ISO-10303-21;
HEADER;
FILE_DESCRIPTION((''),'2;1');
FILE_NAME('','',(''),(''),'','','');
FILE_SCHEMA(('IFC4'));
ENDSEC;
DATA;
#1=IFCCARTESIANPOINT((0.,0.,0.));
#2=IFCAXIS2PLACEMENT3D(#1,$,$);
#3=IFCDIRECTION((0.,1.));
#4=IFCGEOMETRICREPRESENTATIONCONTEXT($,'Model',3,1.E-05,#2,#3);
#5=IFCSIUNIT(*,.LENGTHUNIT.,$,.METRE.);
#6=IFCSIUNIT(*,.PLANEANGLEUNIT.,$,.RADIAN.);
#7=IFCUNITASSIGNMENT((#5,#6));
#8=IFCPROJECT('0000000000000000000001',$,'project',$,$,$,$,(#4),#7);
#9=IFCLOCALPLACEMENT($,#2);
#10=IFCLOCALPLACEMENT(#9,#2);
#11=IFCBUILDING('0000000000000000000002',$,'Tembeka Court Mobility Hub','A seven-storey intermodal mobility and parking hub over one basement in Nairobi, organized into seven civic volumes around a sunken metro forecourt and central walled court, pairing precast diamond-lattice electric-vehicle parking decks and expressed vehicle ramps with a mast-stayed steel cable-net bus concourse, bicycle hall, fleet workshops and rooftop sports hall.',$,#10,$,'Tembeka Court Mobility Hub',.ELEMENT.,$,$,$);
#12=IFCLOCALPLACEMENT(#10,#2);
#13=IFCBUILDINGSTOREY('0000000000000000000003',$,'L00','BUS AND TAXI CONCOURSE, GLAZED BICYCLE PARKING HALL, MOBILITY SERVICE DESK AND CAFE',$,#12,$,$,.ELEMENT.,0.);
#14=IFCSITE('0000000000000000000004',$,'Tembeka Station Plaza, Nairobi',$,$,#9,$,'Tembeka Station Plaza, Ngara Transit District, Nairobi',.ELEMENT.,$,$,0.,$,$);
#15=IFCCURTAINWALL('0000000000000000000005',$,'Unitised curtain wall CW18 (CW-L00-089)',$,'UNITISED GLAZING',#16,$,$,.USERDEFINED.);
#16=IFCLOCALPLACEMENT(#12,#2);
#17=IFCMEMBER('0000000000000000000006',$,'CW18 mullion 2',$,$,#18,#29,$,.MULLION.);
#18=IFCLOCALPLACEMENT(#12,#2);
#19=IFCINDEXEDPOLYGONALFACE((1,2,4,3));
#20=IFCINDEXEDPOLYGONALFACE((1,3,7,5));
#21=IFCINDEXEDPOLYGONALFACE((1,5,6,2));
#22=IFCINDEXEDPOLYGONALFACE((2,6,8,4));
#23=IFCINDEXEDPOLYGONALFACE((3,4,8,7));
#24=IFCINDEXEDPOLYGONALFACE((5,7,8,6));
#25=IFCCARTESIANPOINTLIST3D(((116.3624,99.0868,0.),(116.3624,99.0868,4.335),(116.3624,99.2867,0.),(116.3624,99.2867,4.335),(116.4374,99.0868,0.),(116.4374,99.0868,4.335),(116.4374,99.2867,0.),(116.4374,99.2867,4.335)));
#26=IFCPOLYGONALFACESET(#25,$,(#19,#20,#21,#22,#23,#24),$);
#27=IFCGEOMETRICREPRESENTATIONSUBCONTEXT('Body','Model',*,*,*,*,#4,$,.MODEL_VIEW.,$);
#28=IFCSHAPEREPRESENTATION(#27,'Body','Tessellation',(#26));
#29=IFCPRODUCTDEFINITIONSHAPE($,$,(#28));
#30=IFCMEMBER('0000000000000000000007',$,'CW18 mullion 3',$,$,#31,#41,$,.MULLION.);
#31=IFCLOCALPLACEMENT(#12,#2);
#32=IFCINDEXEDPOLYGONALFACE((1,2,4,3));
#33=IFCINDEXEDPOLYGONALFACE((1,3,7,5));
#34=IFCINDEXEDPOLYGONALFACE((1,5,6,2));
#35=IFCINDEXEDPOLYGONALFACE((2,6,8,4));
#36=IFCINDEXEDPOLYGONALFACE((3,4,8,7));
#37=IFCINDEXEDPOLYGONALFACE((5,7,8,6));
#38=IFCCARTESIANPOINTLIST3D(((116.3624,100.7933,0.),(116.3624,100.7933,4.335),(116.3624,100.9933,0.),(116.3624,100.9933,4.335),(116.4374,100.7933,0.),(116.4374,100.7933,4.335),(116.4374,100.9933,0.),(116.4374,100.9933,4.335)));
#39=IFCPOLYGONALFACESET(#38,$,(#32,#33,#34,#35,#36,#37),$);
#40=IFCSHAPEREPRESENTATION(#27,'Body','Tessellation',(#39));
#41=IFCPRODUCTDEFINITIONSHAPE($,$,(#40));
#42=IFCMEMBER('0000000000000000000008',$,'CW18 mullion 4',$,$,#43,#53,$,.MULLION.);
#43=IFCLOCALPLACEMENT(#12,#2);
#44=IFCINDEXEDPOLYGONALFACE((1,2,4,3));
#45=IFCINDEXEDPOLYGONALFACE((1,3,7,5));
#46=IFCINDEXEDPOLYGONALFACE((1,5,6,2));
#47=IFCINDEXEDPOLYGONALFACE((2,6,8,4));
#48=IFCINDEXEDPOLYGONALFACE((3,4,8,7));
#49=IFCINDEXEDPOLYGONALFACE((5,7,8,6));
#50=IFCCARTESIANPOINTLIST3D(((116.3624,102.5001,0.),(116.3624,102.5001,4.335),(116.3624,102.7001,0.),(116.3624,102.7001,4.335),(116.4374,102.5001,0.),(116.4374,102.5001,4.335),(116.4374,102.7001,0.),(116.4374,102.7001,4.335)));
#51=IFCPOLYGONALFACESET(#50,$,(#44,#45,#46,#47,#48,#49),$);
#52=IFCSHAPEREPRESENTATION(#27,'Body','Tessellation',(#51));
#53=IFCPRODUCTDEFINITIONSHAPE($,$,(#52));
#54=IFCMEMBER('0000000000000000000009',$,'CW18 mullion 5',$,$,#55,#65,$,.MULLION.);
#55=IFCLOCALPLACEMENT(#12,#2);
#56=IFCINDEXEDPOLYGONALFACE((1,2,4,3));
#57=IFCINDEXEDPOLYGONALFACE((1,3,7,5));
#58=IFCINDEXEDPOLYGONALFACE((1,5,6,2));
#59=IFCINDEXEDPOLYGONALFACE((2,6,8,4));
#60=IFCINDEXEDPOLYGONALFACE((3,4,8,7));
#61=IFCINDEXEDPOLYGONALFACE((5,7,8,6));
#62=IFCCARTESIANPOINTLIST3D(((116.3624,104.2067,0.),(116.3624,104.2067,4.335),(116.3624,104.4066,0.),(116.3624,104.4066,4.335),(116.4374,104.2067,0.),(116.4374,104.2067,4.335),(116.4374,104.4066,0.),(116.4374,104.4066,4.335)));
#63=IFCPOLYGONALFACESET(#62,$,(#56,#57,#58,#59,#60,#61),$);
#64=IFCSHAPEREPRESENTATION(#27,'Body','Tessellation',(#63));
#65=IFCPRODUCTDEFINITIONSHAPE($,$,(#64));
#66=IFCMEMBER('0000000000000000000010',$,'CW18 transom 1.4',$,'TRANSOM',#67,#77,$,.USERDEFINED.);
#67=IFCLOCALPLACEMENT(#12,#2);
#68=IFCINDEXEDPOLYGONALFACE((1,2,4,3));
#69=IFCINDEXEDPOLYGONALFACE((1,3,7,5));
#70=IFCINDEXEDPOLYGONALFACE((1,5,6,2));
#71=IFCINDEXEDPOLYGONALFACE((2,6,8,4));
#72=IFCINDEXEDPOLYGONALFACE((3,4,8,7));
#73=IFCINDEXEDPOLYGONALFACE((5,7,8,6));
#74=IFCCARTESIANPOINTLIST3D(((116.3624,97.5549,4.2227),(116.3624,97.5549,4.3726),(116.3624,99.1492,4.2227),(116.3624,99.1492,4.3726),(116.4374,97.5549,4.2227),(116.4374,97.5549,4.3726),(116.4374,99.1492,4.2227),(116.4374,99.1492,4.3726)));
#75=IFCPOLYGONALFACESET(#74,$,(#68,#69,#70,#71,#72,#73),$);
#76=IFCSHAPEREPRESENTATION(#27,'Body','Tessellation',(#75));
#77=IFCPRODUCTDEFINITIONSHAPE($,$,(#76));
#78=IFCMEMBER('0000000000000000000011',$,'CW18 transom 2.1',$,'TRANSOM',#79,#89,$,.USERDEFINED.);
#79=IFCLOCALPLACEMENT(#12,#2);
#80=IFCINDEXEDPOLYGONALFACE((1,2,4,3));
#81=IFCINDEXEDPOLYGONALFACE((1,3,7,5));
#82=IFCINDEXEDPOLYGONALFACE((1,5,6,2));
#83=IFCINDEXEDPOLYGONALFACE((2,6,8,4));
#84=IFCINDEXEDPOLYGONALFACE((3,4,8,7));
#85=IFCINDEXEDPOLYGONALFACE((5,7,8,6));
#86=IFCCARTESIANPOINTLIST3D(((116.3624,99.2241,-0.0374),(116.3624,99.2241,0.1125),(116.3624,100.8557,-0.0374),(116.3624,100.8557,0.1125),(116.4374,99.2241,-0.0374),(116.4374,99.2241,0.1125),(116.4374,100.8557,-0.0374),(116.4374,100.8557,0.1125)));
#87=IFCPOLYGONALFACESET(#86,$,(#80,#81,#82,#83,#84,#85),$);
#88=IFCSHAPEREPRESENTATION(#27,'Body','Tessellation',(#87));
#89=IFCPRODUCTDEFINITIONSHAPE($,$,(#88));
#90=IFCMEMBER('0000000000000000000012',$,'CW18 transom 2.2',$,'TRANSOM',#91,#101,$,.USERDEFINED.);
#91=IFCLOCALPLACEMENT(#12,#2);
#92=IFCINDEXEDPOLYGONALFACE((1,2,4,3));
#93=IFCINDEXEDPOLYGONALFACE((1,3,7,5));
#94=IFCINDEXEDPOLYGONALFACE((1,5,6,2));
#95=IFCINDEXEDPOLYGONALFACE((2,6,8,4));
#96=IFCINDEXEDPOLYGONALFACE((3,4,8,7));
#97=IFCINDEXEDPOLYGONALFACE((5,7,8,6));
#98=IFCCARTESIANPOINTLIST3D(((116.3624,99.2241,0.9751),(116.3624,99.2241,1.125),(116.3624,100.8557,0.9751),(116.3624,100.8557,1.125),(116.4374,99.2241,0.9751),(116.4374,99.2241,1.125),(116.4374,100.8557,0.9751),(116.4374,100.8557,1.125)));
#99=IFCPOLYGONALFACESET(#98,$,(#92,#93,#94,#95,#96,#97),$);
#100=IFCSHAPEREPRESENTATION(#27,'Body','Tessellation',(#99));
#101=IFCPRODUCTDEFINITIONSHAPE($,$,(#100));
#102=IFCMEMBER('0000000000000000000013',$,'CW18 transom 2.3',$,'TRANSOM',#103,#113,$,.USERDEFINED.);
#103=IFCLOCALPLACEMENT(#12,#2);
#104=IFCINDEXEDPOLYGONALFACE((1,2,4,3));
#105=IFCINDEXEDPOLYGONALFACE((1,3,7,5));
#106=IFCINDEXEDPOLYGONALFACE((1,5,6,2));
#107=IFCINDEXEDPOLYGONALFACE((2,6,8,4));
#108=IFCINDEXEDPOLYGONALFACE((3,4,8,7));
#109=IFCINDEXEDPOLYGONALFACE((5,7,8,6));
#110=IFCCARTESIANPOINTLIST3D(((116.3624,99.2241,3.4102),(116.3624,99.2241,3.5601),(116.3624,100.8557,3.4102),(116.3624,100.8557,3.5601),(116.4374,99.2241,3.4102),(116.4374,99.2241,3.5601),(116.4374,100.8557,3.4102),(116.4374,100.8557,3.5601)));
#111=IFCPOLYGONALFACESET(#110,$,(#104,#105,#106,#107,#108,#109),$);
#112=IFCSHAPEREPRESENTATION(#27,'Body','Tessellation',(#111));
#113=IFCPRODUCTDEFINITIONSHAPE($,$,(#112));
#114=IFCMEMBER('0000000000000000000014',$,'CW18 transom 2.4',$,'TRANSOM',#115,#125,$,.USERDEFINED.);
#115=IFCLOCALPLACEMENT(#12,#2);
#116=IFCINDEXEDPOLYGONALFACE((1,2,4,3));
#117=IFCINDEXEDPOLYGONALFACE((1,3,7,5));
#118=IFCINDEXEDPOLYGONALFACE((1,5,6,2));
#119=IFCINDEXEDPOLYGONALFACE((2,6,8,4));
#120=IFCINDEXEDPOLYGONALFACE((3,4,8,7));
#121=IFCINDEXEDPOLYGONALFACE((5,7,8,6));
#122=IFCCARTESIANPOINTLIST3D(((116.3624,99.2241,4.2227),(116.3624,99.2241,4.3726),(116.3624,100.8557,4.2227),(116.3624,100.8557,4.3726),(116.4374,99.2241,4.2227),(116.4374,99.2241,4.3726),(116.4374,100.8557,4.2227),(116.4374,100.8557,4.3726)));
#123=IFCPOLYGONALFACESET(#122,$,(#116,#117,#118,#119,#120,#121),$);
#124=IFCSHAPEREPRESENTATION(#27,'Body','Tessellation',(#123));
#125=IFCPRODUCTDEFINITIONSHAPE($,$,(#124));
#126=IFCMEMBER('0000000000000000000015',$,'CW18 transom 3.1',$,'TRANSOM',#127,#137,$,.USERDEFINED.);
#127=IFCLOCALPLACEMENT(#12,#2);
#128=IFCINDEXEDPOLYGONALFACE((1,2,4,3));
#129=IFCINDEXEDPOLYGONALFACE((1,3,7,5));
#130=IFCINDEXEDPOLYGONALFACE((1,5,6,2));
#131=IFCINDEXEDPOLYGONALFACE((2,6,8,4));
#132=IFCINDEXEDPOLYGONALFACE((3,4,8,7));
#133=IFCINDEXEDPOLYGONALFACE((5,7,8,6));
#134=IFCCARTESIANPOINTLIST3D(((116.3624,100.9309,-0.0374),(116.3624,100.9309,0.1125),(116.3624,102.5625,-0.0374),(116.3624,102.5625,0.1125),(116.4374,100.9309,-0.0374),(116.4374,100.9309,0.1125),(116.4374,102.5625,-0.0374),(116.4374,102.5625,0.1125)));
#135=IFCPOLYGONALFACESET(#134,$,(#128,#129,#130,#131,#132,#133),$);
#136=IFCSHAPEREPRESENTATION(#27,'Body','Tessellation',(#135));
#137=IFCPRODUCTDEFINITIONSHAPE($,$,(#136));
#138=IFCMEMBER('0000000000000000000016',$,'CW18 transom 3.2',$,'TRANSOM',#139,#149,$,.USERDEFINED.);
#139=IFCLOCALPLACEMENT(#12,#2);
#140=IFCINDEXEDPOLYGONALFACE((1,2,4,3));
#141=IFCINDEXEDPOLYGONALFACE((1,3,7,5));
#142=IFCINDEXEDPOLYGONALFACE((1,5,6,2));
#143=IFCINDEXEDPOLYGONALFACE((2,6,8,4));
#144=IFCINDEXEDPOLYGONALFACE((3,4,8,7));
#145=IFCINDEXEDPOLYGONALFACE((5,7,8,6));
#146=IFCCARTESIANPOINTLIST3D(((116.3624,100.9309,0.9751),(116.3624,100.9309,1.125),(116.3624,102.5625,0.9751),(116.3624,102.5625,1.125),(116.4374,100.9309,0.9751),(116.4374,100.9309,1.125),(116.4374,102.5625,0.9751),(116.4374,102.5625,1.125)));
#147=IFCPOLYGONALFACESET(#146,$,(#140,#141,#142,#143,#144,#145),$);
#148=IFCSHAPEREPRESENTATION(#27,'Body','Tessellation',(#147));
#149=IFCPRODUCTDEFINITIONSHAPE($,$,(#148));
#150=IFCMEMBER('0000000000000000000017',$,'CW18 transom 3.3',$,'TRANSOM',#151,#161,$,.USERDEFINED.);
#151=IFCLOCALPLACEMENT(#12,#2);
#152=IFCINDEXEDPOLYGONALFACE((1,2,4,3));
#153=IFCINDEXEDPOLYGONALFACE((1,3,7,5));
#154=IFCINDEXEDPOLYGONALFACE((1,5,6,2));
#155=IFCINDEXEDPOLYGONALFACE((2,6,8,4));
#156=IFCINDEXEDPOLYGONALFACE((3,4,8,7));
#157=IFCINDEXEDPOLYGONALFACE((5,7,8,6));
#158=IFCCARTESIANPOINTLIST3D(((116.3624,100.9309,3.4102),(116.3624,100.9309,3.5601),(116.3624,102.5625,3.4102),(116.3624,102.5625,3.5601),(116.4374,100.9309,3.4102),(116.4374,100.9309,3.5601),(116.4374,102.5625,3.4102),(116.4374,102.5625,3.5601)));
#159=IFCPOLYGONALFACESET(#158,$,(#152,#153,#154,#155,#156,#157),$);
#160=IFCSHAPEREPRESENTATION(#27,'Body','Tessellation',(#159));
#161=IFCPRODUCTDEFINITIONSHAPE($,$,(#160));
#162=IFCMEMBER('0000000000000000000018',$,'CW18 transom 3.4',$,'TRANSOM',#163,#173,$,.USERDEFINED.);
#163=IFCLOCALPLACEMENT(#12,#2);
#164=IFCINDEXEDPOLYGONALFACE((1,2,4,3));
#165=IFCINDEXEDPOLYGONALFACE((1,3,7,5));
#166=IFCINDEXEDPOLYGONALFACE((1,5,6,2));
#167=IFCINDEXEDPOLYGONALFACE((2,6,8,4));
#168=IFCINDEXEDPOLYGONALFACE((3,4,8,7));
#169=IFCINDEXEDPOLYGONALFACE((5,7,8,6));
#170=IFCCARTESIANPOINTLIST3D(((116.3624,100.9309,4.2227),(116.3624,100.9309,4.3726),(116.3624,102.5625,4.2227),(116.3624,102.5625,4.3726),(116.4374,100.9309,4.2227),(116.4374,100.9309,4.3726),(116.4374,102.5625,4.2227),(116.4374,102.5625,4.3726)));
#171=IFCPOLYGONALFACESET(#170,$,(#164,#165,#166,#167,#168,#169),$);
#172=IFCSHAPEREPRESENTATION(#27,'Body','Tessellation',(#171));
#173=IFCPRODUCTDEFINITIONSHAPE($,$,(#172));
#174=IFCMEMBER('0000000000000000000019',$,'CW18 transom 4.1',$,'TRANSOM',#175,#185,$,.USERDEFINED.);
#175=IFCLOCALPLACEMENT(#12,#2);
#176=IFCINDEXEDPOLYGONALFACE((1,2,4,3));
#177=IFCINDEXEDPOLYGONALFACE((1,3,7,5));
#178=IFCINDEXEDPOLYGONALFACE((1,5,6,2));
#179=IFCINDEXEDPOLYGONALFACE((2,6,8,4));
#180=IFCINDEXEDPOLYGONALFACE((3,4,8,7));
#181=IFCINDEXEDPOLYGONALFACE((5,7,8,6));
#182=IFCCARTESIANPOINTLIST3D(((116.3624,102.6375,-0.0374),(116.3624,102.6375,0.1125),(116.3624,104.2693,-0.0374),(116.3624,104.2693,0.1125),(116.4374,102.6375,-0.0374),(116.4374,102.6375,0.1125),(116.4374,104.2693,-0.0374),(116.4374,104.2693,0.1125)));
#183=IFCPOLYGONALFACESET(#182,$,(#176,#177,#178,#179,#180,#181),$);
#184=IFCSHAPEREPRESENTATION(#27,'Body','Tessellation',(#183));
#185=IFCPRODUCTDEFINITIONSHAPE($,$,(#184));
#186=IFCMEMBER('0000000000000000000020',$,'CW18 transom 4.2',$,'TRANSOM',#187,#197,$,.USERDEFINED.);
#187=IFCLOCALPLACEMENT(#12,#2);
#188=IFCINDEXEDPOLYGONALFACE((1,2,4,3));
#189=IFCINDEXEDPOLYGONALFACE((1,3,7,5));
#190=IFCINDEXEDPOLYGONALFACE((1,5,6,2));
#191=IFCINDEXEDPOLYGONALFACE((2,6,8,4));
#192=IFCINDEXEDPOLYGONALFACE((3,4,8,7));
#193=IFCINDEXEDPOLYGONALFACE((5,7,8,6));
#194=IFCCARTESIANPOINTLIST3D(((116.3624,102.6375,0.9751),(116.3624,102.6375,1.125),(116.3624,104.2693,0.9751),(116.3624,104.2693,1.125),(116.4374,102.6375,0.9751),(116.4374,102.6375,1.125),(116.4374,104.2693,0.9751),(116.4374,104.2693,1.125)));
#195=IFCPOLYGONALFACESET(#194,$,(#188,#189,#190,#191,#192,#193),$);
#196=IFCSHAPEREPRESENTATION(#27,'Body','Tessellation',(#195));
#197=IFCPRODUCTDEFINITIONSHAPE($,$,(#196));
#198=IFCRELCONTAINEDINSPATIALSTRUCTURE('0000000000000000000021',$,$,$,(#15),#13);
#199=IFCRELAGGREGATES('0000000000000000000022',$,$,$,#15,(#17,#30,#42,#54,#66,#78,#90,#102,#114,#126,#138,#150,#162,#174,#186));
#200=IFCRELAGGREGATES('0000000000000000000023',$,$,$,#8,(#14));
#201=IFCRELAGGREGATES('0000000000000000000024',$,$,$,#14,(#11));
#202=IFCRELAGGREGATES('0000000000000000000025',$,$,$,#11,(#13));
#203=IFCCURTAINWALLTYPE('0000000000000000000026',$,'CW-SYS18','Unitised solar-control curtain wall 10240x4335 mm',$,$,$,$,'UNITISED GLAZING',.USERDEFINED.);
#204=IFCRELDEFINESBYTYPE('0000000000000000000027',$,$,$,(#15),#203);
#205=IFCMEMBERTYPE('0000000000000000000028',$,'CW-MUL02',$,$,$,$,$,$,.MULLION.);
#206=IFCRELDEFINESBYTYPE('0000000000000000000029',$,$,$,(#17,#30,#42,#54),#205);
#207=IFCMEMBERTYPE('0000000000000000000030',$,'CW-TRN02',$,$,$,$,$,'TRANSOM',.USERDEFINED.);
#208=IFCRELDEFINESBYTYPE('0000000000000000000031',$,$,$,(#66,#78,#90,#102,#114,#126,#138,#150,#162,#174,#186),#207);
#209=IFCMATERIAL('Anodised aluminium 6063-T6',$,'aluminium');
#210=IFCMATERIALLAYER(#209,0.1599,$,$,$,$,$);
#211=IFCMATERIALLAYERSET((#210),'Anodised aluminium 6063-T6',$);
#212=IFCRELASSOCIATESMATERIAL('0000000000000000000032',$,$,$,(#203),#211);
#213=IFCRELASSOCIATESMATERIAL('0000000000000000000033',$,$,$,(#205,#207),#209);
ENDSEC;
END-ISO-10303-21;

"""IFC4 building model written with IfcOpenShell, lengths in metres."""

from ifc_helpers import new_model, si_unit, direction, frame, origin, origin_2d, place, context, subcontext, project, spatial, rectangle, extrude, material, layer, layer_set, material_profile, profile_set, type_object, element, aggregate, save


model = new_model("IFC4")

# Units and contexts
model_context = context("Model", 3, precision=1e-05, world=origin(), true_north=direction((0.0, 1.0)))
body_context = subcontext(model_context, "Body", "Model", "MODEL_VIEW")
ifc_project = project(units=[si_unit("LENGTHUNIT", "METRE"), si_unit("PLANEANGLEUNIT", "RADIAN")], contexts=[model_context])

# Site, building, storey
site_placement = place(None, origin())
site = spatial("IfcSite", under=ifc_project, at=site_placement, Name="Tembeka Station Plaza, Nairobi", LongName="Tembeka Station Plaza, Ngara Transit District, Nairobi", CompositionType="ELEMENT", RefElevation=0.0)
building_placement = place(site_placement, origin())
building = spatial("IfcBuilding", under=site, at=building_placement, Name="Tembeka Court Mobility Hub", Description="A seven-storey intermodal mobility and parking hub over one basement in Nairobi, organized into seven civic volumes around a sunken metro forecourt and central walled court, pairing precast diamond-lattice electric-vehicle parking decks and expressed vehicle ramps with a mast-stayed steel cable-net bus concourse, bicycle hall, fleet workshops and rooftop sports hall.", LongName="Tembeka Court Mobility Hub", CompositionType="ELEMENT")
storey_placement = place(building_placement, origin())
storey = spatial("IfcBuildingStorey", under=building, at=storey_placement, Name="L00", Description="BUS AND TAXI CONCOURSE, GLAZED BICYCLE PARKING HALL, MOBILITY SERVICE DESK AND CAFE", CompositionType="ELEMENT", Elevation=0.0)

# Curtain wall, members
ifc_material_1 = material(Name="Anodised aluminium 6063-T6", Category="aluminium")
ifc_layer_1 = layer(ifc_material_1, 0.1599)
ifc_layer_set_1 = layer_set([ifc_layer_1], Name="Anodised aluminium 6063-T6")
curtain_wall_type = type_object("IfcCurtainWallType", Name="CW-SYS18", Description="Unitised solar-control curtain wall 10240x4335 mm", ElementType="UNITISED GLAZING", PredefinedType="USERDEFINED", material=ifc_layer_set_1)
curtain_wall_placement = place(storey_placement, origin())
curtain_wall = element("IfcCurtainWall", 1, at=curtain_wall_placement, inside=storey, type_object=curtain_wall_type, Name="Unitised curtain wall CW18 (CW-L00-089)", ObjectType="UNITISED GLAZING", PredefinedType="USERDEFINED")
ifc_material_profile_1 = material_profile(ifc_material_1, rectangle(XDim=0.075, YDim=0.2, at=origin_2d()), Name="ALU-MUL 75x200")
ifc_profile_set_1 = profile_set([ifc_material_profile_1], Name="Anodised aluminium 6063-T6")
member_type_1 = type_object("IfcMemberType", Name="CW-MUL02", PredefinedType="MULLION", material=ifc_profile_set_1)
member_1_placement = place(storey_placement, frame((116.3999, 99.1868, 0.0), z_axis=(0.0, 0.0, 1.0), x_axis=(-1.0, 0.0, 0.0)))
member_1 = element("IfcMember", 2, at=member_1_placement, type_object=member_type_1, Name="CW18 mullion 2", PredefinedType="MULLION", context=body_context, shape_type="SweptSolid", body=[
    extrude(rectangle(XDim=0.075, YDim=0.2, at=origin_2d()), origin(), (0.0, 0.0, 1.0), 4.335),
])
member_2_placement = place(storey_placement, frame((116.3999, 100.8933, 0.0), z_axis=(0.0, 0.0, 1.0), x_axis=(-1.0, 0.0, 0.0)))
member_2 = element("IfcMember", 3, at=member_2_placement, type_object=member_type_1, Name="CW18 mullion 3", PredefinedType="MULLION", context=body_context, shape_type="SweptSolid", body=[
    extrude(rectangle(XDim=0.075, YDim=0.2, at=origin_2d()), origin(), (0.0, 0.0, 1.0), 4.335),
])
member_3_placement = place(storey_placement, frame((116.3999, 102.6001, 0.0), z_axis=(0.0, 0.0, 1.0), x_axis=(-1.0, 0.0, 0.0)))
member_3 = element("IfcMember", 4, at=member_3_placement, type_object=member_type_1, Name="CW18 mullion 4", PredefinedType="MULLION", context=body_context, shape_type="SweptSolid", body=[
    extrude(rectangle(XDim=0.075, YDim=0.2, at=origin_2d()), origin(), (0.0, 0.0, 1.0), 4.335),
])
member_4_placement = place(storey_placement, frame((116.3999, 104.3066, 0.0), z_axis=(0.0, 0.0, 1.0), x_axis=(-1.0, 0.0, 0.0)))
member_4 = element("IfcMember", 5, at=member_4_placement, type_object=member_type_1, Name="CW18 mullion 5", PredefinedType="MULLION", context=body_context, shape_type="SweptSolid", body=[
    extrude(rectangle(XDim=0.075, YDim=0.2, at=origin_2d()), origin(), (0.0, 0.0, 1.0), 4.335),
])
ifc_material_profile_2 = material_profile(ifc_material_1, rectangle(XDim=0.075, YDim=0.1499, at=origin_2d()), Name="ALU-TRN 75x150")
ifc_profile_set_2 = profile_set([ifc_material_profile_2], Name="Anodised aluminium 6063-T6")
member_type_2 = type_object("IfcMemberType", Name="CW-TRN02", ElementType="TRANSOM", PredefinedType="USERDEFINED", material=ifc_profile_set_2)
member_5_placement = place(storey_placement, frame((116.3999, 97.5549, 4.2976), z_axis=(0.0, 1.0, 0.0), x_axis=(-1.0, 0.0, 0.0)))
member_5 = element("IfcMember", 6, at=member_5_placement, type_object=member_type_2, Name="CW18 transom 1.4", ObjectType="TRANSOM", PredefinedType="USERDEFINED", context=body_context, shape_type="SweptSolid", body=[
    extrude(rectangle(XDim=0.075, YDim=0.1499, at=origin_2d()), origin(), (0.0, 0.0, 1.0), 1.5942),
])
member_6_placement = place(storey_placement, frame((116.3999, 99.2241, 0.0376), z_axis=(0.0, 1.0, 0.0), x_axis=(-1.0, 0.0, 0.0)))
member_6 = element("IfcMember", 7, at=member_6_placement, type_object=member_type_2, Name="CW18 transom 2.1", ObjectType="TRANSOM", PredefinedType="USERDEFINED", context=body_context, shape_type="SweptSolid", body=[
    extrude(rectangle(XDim=0.075, YDim=0.1499, at=origin_2d()), origin(), (0.0, 0.0, 1.0), 1.6316),
])
member_7_placement = place(storey_placement, frame((116.3999, 99.2241, 1.05), z_axis=(0.0, 1.0, 0.0), x_axis=(-1.0, 0.0, 0.0)))
member_7 = element("IfcMember", 8, at=member_7_placement, type_object=member_type_2, Name="CW18 transom 2.2", ObjectType="TRANSOM", PredefinedType="USERDEFINED", context=body_context, shape_type="SweptSolid", body=[
    extrude(rectangle(XDim=0.075, YDim=0.1499, at=origin_2d()), origin(), (0.0, 0.0, 1.0), 1.6316),
])
member_8_placement = place(storey_placement, frame((116.3999, 99.2241, 3.4851), z_axis=(0.0, 1.0, 0.0), x_axis=(-1.0, 0.0, 0.0)))
member_8 = element("IfcMember", 9, at=member_8_placement, type_object=member_type_2, Name="CW18 transom 2.3", ObjectType="TRANSOM", PredefinedType="USERDEFINED", context=body_context, shape_type="SweptSolid", body=[
    extrude(rectangle(XDim=0.075, YDim=0.1499, at=origin_2d()), origin(), (0.0, 0.0, 1.0), 1.6316),
])
member_9_placement = place(storey_placement, frame((116.3999, 99.2241, 4.2976), z_axis=(0.0, 1.0, 0.0), x_axis=(-1.0, 0.0, 0.0)))
member_9 = element("IfcMember", 10, at=member_9_placement, type_object=member_type_2, Name="CW18 transom 2.4", ObjectType="TRANSOM", PredefinedType="USERDEFINED", context=body_context, shape_type="SweptSolid", body=[
    extrude(rectangle(XDim=0.075, YDim=0.1499, at=origin_2d()), origin(), (0.0, 0.0, 1.0), 1.6316),
])
member_10_placement = place(storey_placement, frame((116.3999, 100.9309, 0.0376), z_axis=(0.0, 1.0, 0.0), x_axis=(-1.0, 0.0, 0.0)))
member_10 = element("IfcMember", 11, at=member_10_placement, type_object=member_type_2, Name="CW18 transom 3.1", ObjectType="TRANSOM", PredefinedType="USERDEFINED", context=body_context, shape_type="SweptSolid", body=[
    extrude(rectangle(XDim=0.075, YDim=0.1499, at=origin_2d()), origin(), (0.0, 0.0, 1.0), 1.6316),
])
member_11_placement = place(storey_placement, frame((116.3999, 100.9309, 1.05), z_axis=(0.0, 1.0, 0.0), x_axis=(-1.0, 0.0, 0.0)))
member_11 = element("IfcMember", 12, at=member_11_placement, type_object=member_type_2, Name="CW18 transom 3.2", ObjectType="TRANSOM", PredefinedType="USERDEFINED", context=body_context, shape_type="SweptSolid", body=[
    extrude(rectangle(XDim=0.075, YDim=0.1499, at=origin_2d()), origin(), (0.0, 0.0, 1.0), 1.6316),
])
member_12_placement = place(storey_placement, frame((116.3999, 100.9309, 3.4851), z_axis=(0.0, 1.0, 0.0), x_axis=(-1.0, 0.0, 0.0)))
member_12 = element("IfcMember", 13, at=member_12_placement, type_object=member_type_2, Name="CW18 transom 3.3", ObjectType="TRANSOM", PredefinedType="USERDEFINED", context=body_context, shape_type="SweptSolid", body=[
    extrude(rectangle(XDim=0.075, YDim=0.1499, at=origin_2d()), origin(), (0.0, 0.0, 1.0), 1.6316),
])
member_13_placement = place(storey_placement, frame((116.3999, 100.9309, 4.2976), z_axis=(0.0, 1.0, 0.0), x_axis=(-1.0, 0.0, 0.0)))
member_13 = element("IfcMember", 14, at=member_13_placement, type_object=member_type_2, Name="CW18 transom 3.4", ObjectType="TRANSOM", PredefinedType="USERDEFINED", context=body_context, shape_type="SweptSolid", body=[
    extrude(rectangle(XDim=0.075, YDim=0.1499, at=origin_2d()), origin(), (0.0, 0.0, 1.0), 1.6316),
])
member_14_placement = place(storey_placement, frame((116.3999, 102.6375, 0.0376), z_axis=(0.0, 1.0, 0.0), x_axis=(-1.0, 0.0, 0.0)))
member_14 = element("IfcMember", 15, at=member_14_placement, type_object=member_type_2, Name="CW18 transom 4.1", ObjectType="TRANSOM", PredefinedType="USERDEFINED", context=body_context, shape_type="SweptSolid", body=[
    extrude(rectangle(XDim=0.075, YDim=0.1499, at=origin_2d()), origin(), (0.0, 0.0, 1.0), 1.6318),
])
member_15_placement = place(storey_placement, frame((116.3999, 102.6375, 1.05), z_axis=(0.0, 1.0, 0.0), x_axis=(-1.0, 0.0, 0.0)))
member_15 = element("IfcMember", 16, at=member_15_placement, type_object=member_type_2, Name="CW18 transom 4.2", ObjectType="TRANSOM", PredefinedType="USERDEFINED", context=body_context, shape_type="SweptSolid", body=[
    extrude(rectangle(XDim=0.075, YDim=0.1499, at=origin_2d()), origin(), (0.0, 0.0, 1.0), 1.6318),
])
aggregate(curtain_wall, [member_1, member_2, member_3, member_4, member_5, member_6, member_7, member_8, member_9, member_10, member_11, member_12, member_13, member_14, member_15])

save(model, "model.ifc")
